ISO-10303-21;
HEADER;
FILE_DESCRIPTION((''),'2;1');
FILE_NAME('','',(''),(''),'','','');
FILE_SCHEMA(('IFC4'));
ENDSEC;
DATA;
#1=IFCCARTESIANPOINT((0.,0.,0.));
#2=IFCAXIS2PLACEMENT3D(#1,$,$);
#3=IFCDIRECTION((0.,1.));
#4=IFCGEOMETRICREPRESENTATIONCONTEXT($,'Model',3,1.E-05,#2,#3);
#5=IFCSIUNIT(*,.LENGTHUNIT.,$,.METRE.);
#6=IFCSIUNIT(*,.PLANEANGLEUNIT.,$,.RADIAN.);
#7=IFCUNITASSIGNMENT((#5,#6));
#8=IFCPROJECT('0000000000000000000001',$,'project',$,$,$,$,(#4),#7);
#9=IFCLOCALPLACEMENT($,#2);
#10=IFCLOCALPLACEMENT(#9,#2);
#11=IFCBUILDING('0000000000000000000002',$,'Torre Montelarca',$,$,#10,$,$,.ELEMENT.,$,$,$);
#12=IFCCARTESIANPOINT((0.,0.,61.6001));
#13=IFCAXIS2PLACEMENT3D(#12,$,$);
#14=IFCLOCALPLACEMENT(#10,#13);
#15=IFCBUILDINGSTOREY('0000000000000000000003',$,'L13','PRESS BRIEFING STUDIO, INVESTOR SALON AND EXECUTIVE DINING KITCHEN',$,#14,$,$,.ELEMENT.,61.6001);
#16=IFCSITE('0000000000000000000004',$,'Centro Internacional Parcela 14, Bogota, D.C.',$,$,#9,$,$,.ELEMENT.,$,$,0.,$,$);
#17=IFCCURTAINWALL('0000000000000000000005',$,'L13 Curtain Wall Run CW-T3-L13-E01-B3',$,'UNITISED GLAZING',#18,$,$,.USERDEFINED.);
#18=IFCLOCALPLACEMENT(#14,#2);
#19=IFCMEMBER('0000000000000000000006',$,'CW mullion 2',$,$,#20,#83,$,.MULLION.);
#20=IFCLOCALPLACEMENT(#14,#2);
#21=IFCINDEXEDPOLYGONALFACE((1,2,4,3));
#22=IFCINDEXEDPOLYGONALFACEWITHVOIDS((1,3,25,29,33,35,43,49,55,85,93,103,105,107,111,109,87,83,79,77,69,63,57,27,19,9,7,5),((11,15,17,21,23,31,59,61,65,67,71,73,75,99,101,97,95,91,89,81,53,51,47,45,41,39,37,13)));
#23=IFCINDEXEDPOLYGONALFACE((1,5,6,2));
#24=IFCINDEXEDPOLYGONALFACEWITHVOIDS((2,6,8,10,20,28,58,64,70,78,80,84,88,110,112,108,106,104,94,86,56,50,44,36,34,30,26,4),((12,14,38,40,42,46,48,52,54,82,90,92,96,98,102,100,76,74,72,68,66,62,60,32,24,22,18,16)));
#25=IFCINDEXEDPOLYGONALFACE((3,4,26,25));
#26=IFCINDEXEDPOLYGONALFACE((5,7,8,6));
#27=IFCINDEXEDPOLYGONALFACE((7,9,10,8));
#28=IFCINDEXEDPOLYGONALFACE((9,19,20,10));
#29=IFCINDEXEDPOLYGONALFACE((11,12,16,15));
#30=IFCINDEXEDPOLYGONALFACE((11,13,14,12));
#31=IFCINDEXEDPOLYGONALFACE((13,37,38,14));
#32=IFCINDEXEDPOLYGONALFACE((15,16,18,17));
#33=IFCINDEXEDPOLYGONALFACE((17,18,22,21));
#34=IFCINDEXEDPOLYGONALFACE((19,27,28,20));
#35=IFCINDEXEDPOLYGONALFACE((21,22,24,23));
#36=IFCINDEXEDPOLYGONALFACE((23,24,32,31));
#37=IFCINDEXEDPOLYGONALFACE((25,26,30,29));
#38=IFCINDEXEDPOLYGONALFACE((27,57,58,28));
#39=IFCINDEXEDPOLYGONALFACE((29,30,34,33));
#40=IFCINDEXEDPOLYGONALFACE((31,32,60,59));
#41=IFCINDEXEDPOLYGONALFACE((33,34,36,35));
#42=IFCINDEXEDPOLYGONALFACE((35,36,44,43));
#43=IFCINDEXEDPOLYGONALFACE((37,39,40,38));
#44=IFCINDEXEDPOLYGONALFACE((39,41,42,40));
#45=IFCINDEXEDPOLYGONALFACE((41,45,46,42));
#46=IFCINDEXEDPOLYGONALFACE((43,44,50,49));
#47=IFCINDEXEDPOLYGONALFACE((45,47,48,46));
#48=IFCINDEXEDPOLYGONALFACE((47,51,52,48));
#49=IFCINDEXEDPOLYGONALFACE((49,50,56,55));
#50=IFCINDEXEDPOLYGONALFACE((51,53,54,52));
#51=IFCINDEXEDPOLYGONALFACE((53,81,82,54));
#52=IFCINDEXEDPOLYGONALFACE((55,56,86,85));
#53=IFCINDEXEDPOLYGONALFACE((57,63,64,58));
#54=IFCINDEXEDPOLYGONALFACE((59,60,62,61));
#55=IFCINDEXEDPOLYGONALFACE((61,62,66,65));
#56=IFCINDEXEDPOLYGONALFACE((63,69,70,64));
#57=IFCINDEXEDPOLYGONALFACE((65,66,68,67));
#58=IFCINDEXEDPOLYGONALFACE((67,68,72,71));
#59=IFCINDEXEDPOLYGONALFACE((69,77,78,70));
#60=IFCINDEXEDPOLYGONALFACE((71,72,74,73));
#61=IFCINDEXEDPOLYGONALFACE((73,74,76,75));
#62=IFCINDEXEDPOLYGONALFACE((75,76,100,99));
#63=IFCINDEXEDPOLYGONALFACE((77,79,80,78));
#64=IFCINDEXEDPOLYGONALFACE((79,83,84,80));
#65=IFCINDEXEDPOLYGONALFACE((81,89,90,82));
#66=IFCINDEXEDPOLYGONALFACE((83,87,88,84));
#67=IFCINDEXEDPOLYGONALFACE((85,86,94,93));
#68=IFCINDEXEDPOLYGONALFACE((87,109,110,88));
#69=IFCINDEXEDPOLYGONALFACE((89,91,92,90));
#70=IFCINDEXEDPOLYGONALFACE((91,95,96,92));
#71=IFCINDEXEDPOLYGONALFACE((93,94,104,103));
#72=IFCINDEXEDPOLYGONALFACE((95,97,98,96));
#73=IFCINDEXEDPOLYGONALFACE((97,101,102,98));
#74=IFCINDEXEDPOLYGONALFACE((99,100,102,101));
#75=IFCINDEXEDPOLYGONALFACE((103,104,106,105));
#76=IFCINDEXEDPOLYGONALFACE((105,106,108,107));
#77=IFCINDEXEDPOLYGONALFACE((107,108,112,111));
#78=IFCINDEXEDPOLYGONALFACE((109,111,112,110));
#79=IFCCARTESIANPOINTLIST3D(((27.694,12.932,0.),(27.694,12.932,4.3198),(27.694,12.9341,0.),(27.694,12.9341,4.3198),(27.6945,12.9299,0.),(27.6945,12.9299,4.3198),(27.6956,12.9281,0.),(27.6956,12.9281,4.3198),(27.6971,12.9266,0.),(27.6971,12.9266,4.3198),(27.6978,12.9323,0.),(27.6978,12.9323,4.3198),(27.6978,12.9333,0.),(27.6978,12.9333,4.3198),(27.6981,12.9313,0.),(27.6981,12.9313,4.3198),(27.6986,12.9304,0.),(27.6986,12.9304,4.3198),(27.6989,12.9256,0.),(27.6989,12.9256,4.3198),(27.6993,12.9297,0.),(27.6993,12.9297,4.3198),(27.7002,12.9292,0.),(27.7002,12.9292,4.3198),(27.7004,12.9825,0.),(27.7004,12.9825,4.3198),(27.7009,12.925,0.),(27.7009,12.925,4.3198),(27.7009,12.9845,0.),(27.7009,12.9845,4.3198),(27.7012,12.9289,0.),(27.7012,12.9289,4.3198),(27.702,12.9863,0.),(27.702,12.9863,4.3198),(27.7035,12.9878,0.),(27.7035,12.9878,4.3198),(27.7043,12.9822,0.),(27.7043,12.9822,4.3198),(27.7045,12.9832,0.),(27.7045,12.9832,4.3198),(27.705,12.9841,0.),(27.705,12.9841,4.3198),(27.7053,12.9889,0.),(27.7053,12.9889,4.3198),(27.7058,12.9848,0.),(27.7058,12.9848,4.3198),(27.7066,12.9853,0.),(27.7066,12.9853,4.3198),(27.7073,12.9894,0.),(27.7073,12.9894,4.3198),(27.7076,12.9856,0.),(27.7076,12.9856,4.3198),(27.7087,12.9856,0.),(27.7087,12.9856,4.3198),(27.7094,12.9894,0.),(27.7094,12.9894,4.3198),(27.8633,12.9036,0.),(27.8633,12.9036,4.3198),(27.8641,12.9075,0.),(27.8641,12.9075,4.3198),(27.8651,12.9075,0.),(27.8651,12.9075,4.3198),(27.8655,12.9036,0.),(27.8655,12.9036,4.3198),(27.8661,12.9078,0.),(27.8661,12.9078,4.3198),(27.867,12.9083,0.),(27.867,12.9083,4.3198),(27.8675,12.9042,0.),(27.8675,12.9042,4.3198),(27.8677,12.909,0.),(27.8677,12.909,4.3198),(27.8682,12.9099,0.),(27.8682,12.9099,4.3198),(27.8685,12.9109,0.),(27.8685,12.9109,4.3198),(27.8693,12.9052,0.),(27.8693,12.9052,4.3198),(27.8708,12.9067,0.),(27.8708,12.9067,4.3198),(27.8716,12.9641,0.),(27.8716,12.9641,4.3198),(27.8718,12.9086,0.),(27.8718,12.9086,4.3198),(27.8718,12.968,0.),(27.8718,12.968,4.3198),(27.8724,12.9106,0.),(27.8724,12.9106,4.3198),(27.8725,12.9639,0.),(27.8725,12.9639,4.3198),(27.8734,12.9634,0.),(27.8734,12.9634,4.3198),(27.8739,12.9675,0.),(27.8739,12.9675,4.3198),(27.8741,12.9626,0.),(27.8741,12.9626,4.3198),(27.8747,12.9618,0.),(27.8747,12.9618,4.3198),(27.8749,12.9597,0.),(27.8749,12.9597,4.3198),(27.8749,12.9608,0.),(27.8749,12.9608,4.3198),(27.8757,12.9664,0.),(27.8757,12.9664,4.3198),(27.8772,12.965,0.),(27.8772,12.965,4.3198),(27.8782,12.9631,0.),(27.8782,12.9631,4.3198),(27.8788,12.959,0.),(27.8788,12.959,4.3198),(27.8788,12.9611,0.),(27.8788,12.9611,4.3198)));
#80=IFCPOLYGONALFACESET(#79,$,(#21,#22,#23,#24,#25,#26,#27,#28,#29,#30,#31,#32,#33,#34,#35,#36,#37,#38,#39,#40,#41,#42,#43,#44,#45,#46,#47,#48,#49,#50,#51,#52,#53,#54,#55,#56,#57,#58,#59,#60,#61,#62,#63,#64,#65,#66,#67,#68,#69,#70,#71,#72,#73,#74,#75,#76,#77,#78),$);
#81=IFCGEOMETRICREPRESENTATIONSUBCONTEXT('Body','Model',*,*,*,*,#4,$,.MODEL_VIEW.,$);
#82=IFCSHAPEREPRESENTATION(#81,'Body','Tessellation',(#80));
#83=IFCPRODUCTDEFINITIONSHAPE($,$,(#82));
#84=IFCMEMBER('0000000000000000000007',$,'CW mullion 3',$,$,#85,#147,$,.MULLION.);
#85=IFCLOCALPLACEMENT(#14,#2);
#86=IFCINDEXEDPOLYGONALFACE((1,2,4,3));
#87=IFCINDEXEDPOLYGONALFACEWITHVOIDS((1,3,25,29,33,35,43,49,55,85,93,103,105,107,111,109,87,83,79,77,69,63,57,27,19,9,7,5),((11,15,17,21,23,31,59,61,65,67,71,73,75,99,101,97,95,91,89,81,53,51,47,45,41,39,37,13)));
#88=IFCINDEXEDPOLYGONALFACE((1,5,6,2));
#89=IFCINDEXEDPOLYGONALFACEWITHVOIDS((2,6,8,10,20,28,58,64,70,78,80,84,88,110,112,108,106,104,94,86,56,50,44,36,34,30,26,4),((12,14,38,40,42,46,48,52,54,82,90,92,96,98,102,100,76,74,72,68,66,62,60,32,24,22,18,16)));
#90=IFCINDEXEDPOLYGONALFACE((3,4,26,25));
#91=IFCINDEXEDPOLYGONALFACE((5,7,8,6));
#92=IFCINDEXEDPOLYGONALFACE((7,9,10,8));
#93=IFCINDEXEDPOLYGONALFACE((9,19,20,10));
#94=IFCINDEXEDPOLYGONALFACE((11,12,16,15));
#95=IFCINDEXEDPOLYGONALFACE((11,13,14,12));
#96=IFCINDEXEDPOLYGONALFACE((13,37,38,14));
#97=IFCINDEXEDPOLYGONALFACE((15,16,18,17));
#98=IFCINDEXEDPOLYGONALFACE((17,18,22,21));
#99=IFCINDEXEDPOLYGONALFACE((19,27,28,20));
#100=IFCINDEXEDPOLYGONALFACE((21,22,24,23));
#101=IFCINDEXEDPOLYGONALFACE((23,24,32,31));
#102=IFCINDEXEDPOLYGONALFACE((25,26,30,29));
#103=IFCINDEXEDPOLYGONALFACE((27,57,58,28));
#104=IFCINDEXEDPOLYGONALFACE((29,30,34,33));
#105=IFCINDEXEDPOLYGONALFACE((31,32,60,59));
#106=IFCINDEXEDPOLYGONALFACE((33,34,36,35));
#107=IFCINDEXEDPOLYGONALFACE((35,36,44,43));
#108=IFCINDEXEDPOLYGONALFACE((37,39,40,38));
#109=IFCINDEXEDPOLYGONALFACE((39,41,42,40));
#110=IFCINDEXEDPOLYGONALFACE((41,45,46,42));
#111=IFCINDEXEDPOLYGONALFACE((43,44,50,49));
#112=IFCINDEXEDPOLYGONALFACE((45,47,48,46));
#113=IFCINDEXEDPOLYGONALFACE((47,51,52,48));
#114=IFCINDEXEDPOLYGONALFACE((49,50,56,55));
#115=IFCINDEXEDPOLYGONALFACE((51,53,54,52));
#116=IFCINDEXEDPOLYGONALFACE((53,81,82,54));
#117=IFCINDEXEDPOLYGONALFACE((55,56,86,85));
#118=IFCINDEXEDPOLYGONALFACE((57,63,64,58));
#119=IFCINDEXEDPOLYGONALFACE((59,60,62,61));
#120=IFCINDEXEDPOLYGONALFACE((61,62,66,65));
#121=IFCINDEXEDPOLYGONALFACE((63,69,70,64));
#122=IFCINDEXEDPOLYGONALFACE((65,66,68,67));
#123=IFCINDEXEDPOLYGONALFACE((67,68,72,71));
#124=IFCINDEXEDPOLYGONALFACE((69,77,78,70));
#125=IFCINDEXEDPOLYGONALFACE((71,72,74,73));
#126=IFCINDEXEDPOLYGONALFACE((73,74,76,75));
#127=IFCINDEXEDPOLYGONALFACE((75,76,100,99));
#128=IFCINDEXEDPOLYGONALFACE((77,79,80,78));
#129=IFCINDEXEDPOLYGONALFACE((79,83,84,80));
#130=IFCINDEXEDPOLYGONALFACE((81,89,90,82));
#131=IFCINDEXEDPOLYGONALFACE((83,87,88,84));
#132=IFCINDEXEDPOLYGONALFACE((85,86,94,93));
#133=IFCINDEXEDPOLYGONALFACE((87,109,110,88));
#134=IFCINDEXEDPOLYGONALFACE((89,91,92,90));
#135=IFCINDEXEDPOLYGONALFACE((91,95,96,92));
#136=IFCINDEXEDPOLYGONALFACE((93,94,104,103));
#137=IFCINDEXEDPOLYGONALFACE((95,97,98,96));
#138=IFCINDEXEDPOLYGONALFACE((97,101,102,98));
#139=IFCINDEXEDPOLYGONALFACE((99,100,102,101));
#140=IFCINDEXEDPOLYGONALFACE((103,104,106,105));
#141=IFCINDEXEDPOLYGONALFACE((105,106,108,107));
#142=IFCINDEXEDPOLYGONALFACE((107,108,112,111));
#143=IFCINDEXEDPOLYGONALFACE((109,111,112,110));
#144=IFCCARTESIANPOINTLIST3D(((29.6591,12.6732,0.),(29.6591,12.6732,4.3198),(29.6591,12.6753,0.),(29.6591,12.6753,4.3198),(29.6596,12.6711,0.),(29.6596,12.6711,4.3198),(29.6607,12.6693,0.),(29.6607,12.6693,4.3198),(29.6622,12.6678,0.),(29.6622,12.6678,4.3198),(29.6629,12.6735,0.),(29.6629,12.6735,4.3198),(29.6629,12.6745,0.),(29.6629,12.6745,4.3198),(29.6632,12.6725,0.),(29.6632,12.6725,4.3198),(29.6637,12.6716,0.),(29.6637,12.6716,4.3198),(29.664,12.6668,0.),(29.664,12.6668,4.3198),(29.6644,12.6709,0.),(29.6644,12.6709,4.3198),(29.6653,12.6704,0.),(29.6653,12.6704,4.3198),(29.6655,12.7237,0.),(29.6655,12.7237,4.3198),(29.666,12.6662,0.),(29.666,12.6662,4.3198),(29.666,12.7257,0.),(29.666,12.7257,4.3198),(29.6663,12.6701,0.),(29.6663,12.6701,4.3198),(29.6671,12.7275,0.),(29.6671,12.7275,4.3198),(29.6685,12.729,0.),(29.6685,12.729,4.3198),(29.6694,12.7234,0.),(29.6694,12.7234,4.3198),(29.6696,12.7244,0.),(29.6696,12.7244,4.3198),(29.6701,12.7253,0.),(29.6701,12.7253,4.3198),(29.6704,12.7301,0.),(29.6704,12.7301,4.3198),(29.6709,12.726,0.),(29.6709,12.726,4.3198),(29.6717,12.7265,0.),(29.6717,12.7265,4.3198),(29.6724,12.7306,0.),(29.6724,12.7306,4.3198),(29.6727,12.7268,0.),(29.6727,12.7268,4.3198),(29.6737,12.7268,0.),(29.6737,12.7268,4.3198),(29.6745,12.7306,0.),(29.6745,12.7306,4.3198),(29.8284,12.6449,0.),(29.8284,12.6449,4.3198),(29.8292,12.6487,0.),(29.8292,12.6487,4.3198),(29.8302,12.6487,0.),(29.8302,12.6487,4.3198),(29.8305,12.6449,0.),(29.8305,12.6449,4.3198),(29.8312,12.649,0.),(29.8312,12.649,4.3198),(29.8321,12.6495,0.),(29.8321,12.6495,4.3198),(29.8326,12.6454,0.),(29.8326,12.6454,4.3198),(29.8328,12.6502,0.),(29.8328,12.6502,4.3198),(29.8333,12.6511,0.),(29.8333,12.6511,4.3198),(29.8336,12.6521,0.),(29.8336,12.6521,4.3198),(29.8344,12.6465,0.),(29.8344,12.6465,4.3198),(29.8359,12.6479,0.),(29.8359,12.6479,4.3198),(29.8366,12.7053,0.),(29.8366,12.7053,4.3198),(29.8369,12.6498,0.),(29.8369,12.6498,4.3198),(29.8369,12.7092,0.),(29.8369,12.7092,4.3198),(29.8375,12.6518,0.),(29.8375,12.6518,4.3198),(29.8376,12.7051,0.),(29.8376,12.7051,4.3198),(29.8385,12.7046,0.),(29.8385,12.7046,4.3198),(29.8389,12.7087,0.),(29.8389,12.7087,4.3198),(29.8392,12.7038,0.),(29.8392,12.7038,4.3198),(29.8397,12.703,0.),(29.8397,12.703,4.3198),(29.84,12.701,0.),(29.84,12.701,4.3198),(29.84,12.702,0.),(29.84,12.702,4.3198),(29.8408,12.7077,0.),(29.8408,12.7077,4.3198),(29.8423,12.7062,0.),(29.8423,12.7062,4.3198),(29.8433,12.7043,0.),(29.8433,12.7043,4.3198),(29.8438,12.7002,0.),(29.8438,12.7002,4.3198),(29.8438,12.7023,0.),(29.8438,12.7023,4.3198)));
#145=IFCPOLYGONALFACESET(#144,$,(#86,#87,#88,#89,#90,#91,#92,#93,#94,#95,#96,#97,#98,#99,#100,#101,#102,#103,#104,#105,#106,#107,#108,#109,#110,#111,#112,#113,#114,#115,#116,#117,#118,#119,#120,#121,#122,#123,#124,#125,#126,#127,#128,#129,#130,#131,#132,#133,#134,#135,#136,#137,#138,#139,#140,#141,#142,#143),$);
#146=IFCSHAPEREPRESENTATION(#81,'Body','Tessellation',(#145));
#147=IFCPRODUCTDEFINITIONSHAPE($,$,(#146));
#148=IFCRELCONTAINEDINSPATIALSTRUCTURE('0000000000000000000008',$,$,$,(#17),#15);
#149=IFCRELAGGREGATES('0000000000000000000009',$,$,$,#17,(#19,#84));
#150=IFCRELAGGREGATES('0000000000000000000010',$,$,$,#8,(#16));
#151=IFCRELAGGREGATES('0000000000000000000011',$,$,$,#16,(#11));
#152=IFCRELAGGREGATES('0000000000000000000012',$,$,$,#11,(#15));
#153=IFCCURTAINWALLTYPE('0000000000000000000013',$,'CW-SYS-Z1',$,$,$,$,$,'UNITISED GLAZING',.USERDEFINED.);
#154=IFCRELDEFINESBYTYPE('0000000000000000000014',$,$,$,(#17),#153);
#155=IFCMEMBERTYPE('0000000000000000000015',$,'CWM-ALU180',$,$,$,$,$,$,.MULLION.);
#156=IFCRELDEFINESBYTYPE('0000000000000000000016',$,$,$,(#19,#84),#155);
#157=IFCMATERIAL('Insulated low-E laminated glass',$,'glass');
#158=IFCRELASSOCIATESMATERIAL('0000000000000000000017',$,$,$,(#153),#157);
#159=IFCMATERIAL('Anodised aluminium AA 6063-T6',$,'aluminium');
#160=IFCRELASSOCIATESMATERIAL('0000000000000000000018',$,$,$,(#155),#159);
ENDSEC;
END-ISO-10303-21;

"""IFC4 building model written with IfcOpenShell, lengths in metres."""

from ifc_helpers import new_model, si_unit, direction, frame, origin, origin_2d, place, context, subcontext, project, spatial, hollow_rectangle, extrude, source, transform, mapped, material, material_profile, profile_set, type_object, element, aggregate, save


model = new_model("IFC4")

# Units and contexts
model_context = context("Model", 3, precision=1e-05, world=origin(), true_north=direction((0.0, 1.0)))
body_context = subcontext(model_context, "Body", "Model", "MODEL_VIEW")
ifc_project = project(units=[si_unit("LENGTHUNIT", "METRE"), si_unit("PLANEANGLEUNIT", "RADIAN")], contexts=[model_context])

# Site, building, storey
site_placement = place(None, origin())
site = spatial("IfcSite", under=ifc_project, at=site_placement, Name="Centro Internacional Parcela 14, Bogota, D.C.", CompositionType="ELEMENT", RefElevation=0.0)
building_placement = place(site_placement, origin())
building = spatial("IfcBuilding", under=site, at=building_placement, Name="Torre Montelarca", CompositionType="ELEMENT")
storey_placement = place(building_placement, frame((0.0, 0.0, 61.6001)))
storey = spatial("IfcBuildingStorey", under=building, at=storey_placement, Name="L13", Description="PRESS BRIEFING STUDIO, INVESTOR SALON AND EXECUTIVE DINING KITCHEN", CompositionType="ELEMENT", Elevation=61.6001)

# Curtain wall
ifc_material_1 = material(Name="Insulated low-E laminated glass", Category="glass")
curtain_wall_type = type_object("IfcCurtainWallType", Name="CW-SYS-Z1", ElementType="UNITISED GLAZING", PredefinedType="USERDEFINED", material=ifc_material_1)
curtain_wall_1_placement = place(storey_placement, origin())
curtain_wall_1 = element("IfcCurtainWall", 1, at=curtain_wall_1_placement, inside=storey, type_object=curtain_wall_type, Name="L13 Curtain Wall Run CW-T3-L13-E01-B3", ObjectType="UNITISED GLAZING", PredefinedType="USERDEFINED")
ifc_material_2 = material(Name="Anodised aluminium AA 6063-T6", Category="aluminium")

# Shared definitions
ifc_material_profile_1 = material_profile(ifc_material_2, hollow_rectangle(XDim=0.0649, YDim=0.1799, WallThickness=0.0039, InnerFilletRadius=0.0039, OuterFilletRadius=0.0081, at=origin_2d()), Name="ALU65X180X4", Category="aluminium")
ifc_profile_set_1 = profile_set([ifc_material_profile_1], Name="Anodised aluminium AA 6063-T6")
member_type_1 = type_object("IfcMemberType", Name="CWM-ALU180", PredefinedType="MULLION", material=ifc_profile_set_1)
shared_shape_1 = source(origin(), body_context, "Body", "SweptSolid", [
    extrude(hollow_rectangle(XDim=0.0649, YDim=0.1799, WallThickness=0.0039, InnerFilletRadius=0.0039, OuterFilletRadius=0.0081, at=origin_2d()), origin(), (0.0, 0.0, 1.0), 4.3198),
])

# Members
member_1_placement = place(storey_placement, frame((27.7864, 12.9465, 0.0), z_axis=(0.0, 0.0, 1.0), x_axis=(0.13052, 0.991446, 0.0)))
member_1 = element("IfcMember", 2, at=member_1_placement, type_object=member_type_1, Name="CW mullion 2", PredefinedType="MULLION", context=body_context, shape_type="MappedRepresentation", body=[
    mapped(shared_shape_1, transform((0.0, 0.0, 0.0), scale=1.0)),
])
member_2_placement = place(storey_placement, frame((29.7515, 12.6877, 0.0), z_axis=(0.0, 0.0, 1.0), x_axis=(0.13052, 0.991446, 0.0)))
member_2 = element("IfcMember", 3, at=member_2_placement, type_object=member_type_1, Name="CW mullion 3", PredefinedType="MULLION", context=body_context, shape_type="MappedRepresentation", body=[
    mapped(shared_shape_1, transform((0.0, 0.0, 0.0), scale=1.0)),
])

aggregate(curtain_wall_1, [member_1, member_2])

save(model, "model.ifc")
